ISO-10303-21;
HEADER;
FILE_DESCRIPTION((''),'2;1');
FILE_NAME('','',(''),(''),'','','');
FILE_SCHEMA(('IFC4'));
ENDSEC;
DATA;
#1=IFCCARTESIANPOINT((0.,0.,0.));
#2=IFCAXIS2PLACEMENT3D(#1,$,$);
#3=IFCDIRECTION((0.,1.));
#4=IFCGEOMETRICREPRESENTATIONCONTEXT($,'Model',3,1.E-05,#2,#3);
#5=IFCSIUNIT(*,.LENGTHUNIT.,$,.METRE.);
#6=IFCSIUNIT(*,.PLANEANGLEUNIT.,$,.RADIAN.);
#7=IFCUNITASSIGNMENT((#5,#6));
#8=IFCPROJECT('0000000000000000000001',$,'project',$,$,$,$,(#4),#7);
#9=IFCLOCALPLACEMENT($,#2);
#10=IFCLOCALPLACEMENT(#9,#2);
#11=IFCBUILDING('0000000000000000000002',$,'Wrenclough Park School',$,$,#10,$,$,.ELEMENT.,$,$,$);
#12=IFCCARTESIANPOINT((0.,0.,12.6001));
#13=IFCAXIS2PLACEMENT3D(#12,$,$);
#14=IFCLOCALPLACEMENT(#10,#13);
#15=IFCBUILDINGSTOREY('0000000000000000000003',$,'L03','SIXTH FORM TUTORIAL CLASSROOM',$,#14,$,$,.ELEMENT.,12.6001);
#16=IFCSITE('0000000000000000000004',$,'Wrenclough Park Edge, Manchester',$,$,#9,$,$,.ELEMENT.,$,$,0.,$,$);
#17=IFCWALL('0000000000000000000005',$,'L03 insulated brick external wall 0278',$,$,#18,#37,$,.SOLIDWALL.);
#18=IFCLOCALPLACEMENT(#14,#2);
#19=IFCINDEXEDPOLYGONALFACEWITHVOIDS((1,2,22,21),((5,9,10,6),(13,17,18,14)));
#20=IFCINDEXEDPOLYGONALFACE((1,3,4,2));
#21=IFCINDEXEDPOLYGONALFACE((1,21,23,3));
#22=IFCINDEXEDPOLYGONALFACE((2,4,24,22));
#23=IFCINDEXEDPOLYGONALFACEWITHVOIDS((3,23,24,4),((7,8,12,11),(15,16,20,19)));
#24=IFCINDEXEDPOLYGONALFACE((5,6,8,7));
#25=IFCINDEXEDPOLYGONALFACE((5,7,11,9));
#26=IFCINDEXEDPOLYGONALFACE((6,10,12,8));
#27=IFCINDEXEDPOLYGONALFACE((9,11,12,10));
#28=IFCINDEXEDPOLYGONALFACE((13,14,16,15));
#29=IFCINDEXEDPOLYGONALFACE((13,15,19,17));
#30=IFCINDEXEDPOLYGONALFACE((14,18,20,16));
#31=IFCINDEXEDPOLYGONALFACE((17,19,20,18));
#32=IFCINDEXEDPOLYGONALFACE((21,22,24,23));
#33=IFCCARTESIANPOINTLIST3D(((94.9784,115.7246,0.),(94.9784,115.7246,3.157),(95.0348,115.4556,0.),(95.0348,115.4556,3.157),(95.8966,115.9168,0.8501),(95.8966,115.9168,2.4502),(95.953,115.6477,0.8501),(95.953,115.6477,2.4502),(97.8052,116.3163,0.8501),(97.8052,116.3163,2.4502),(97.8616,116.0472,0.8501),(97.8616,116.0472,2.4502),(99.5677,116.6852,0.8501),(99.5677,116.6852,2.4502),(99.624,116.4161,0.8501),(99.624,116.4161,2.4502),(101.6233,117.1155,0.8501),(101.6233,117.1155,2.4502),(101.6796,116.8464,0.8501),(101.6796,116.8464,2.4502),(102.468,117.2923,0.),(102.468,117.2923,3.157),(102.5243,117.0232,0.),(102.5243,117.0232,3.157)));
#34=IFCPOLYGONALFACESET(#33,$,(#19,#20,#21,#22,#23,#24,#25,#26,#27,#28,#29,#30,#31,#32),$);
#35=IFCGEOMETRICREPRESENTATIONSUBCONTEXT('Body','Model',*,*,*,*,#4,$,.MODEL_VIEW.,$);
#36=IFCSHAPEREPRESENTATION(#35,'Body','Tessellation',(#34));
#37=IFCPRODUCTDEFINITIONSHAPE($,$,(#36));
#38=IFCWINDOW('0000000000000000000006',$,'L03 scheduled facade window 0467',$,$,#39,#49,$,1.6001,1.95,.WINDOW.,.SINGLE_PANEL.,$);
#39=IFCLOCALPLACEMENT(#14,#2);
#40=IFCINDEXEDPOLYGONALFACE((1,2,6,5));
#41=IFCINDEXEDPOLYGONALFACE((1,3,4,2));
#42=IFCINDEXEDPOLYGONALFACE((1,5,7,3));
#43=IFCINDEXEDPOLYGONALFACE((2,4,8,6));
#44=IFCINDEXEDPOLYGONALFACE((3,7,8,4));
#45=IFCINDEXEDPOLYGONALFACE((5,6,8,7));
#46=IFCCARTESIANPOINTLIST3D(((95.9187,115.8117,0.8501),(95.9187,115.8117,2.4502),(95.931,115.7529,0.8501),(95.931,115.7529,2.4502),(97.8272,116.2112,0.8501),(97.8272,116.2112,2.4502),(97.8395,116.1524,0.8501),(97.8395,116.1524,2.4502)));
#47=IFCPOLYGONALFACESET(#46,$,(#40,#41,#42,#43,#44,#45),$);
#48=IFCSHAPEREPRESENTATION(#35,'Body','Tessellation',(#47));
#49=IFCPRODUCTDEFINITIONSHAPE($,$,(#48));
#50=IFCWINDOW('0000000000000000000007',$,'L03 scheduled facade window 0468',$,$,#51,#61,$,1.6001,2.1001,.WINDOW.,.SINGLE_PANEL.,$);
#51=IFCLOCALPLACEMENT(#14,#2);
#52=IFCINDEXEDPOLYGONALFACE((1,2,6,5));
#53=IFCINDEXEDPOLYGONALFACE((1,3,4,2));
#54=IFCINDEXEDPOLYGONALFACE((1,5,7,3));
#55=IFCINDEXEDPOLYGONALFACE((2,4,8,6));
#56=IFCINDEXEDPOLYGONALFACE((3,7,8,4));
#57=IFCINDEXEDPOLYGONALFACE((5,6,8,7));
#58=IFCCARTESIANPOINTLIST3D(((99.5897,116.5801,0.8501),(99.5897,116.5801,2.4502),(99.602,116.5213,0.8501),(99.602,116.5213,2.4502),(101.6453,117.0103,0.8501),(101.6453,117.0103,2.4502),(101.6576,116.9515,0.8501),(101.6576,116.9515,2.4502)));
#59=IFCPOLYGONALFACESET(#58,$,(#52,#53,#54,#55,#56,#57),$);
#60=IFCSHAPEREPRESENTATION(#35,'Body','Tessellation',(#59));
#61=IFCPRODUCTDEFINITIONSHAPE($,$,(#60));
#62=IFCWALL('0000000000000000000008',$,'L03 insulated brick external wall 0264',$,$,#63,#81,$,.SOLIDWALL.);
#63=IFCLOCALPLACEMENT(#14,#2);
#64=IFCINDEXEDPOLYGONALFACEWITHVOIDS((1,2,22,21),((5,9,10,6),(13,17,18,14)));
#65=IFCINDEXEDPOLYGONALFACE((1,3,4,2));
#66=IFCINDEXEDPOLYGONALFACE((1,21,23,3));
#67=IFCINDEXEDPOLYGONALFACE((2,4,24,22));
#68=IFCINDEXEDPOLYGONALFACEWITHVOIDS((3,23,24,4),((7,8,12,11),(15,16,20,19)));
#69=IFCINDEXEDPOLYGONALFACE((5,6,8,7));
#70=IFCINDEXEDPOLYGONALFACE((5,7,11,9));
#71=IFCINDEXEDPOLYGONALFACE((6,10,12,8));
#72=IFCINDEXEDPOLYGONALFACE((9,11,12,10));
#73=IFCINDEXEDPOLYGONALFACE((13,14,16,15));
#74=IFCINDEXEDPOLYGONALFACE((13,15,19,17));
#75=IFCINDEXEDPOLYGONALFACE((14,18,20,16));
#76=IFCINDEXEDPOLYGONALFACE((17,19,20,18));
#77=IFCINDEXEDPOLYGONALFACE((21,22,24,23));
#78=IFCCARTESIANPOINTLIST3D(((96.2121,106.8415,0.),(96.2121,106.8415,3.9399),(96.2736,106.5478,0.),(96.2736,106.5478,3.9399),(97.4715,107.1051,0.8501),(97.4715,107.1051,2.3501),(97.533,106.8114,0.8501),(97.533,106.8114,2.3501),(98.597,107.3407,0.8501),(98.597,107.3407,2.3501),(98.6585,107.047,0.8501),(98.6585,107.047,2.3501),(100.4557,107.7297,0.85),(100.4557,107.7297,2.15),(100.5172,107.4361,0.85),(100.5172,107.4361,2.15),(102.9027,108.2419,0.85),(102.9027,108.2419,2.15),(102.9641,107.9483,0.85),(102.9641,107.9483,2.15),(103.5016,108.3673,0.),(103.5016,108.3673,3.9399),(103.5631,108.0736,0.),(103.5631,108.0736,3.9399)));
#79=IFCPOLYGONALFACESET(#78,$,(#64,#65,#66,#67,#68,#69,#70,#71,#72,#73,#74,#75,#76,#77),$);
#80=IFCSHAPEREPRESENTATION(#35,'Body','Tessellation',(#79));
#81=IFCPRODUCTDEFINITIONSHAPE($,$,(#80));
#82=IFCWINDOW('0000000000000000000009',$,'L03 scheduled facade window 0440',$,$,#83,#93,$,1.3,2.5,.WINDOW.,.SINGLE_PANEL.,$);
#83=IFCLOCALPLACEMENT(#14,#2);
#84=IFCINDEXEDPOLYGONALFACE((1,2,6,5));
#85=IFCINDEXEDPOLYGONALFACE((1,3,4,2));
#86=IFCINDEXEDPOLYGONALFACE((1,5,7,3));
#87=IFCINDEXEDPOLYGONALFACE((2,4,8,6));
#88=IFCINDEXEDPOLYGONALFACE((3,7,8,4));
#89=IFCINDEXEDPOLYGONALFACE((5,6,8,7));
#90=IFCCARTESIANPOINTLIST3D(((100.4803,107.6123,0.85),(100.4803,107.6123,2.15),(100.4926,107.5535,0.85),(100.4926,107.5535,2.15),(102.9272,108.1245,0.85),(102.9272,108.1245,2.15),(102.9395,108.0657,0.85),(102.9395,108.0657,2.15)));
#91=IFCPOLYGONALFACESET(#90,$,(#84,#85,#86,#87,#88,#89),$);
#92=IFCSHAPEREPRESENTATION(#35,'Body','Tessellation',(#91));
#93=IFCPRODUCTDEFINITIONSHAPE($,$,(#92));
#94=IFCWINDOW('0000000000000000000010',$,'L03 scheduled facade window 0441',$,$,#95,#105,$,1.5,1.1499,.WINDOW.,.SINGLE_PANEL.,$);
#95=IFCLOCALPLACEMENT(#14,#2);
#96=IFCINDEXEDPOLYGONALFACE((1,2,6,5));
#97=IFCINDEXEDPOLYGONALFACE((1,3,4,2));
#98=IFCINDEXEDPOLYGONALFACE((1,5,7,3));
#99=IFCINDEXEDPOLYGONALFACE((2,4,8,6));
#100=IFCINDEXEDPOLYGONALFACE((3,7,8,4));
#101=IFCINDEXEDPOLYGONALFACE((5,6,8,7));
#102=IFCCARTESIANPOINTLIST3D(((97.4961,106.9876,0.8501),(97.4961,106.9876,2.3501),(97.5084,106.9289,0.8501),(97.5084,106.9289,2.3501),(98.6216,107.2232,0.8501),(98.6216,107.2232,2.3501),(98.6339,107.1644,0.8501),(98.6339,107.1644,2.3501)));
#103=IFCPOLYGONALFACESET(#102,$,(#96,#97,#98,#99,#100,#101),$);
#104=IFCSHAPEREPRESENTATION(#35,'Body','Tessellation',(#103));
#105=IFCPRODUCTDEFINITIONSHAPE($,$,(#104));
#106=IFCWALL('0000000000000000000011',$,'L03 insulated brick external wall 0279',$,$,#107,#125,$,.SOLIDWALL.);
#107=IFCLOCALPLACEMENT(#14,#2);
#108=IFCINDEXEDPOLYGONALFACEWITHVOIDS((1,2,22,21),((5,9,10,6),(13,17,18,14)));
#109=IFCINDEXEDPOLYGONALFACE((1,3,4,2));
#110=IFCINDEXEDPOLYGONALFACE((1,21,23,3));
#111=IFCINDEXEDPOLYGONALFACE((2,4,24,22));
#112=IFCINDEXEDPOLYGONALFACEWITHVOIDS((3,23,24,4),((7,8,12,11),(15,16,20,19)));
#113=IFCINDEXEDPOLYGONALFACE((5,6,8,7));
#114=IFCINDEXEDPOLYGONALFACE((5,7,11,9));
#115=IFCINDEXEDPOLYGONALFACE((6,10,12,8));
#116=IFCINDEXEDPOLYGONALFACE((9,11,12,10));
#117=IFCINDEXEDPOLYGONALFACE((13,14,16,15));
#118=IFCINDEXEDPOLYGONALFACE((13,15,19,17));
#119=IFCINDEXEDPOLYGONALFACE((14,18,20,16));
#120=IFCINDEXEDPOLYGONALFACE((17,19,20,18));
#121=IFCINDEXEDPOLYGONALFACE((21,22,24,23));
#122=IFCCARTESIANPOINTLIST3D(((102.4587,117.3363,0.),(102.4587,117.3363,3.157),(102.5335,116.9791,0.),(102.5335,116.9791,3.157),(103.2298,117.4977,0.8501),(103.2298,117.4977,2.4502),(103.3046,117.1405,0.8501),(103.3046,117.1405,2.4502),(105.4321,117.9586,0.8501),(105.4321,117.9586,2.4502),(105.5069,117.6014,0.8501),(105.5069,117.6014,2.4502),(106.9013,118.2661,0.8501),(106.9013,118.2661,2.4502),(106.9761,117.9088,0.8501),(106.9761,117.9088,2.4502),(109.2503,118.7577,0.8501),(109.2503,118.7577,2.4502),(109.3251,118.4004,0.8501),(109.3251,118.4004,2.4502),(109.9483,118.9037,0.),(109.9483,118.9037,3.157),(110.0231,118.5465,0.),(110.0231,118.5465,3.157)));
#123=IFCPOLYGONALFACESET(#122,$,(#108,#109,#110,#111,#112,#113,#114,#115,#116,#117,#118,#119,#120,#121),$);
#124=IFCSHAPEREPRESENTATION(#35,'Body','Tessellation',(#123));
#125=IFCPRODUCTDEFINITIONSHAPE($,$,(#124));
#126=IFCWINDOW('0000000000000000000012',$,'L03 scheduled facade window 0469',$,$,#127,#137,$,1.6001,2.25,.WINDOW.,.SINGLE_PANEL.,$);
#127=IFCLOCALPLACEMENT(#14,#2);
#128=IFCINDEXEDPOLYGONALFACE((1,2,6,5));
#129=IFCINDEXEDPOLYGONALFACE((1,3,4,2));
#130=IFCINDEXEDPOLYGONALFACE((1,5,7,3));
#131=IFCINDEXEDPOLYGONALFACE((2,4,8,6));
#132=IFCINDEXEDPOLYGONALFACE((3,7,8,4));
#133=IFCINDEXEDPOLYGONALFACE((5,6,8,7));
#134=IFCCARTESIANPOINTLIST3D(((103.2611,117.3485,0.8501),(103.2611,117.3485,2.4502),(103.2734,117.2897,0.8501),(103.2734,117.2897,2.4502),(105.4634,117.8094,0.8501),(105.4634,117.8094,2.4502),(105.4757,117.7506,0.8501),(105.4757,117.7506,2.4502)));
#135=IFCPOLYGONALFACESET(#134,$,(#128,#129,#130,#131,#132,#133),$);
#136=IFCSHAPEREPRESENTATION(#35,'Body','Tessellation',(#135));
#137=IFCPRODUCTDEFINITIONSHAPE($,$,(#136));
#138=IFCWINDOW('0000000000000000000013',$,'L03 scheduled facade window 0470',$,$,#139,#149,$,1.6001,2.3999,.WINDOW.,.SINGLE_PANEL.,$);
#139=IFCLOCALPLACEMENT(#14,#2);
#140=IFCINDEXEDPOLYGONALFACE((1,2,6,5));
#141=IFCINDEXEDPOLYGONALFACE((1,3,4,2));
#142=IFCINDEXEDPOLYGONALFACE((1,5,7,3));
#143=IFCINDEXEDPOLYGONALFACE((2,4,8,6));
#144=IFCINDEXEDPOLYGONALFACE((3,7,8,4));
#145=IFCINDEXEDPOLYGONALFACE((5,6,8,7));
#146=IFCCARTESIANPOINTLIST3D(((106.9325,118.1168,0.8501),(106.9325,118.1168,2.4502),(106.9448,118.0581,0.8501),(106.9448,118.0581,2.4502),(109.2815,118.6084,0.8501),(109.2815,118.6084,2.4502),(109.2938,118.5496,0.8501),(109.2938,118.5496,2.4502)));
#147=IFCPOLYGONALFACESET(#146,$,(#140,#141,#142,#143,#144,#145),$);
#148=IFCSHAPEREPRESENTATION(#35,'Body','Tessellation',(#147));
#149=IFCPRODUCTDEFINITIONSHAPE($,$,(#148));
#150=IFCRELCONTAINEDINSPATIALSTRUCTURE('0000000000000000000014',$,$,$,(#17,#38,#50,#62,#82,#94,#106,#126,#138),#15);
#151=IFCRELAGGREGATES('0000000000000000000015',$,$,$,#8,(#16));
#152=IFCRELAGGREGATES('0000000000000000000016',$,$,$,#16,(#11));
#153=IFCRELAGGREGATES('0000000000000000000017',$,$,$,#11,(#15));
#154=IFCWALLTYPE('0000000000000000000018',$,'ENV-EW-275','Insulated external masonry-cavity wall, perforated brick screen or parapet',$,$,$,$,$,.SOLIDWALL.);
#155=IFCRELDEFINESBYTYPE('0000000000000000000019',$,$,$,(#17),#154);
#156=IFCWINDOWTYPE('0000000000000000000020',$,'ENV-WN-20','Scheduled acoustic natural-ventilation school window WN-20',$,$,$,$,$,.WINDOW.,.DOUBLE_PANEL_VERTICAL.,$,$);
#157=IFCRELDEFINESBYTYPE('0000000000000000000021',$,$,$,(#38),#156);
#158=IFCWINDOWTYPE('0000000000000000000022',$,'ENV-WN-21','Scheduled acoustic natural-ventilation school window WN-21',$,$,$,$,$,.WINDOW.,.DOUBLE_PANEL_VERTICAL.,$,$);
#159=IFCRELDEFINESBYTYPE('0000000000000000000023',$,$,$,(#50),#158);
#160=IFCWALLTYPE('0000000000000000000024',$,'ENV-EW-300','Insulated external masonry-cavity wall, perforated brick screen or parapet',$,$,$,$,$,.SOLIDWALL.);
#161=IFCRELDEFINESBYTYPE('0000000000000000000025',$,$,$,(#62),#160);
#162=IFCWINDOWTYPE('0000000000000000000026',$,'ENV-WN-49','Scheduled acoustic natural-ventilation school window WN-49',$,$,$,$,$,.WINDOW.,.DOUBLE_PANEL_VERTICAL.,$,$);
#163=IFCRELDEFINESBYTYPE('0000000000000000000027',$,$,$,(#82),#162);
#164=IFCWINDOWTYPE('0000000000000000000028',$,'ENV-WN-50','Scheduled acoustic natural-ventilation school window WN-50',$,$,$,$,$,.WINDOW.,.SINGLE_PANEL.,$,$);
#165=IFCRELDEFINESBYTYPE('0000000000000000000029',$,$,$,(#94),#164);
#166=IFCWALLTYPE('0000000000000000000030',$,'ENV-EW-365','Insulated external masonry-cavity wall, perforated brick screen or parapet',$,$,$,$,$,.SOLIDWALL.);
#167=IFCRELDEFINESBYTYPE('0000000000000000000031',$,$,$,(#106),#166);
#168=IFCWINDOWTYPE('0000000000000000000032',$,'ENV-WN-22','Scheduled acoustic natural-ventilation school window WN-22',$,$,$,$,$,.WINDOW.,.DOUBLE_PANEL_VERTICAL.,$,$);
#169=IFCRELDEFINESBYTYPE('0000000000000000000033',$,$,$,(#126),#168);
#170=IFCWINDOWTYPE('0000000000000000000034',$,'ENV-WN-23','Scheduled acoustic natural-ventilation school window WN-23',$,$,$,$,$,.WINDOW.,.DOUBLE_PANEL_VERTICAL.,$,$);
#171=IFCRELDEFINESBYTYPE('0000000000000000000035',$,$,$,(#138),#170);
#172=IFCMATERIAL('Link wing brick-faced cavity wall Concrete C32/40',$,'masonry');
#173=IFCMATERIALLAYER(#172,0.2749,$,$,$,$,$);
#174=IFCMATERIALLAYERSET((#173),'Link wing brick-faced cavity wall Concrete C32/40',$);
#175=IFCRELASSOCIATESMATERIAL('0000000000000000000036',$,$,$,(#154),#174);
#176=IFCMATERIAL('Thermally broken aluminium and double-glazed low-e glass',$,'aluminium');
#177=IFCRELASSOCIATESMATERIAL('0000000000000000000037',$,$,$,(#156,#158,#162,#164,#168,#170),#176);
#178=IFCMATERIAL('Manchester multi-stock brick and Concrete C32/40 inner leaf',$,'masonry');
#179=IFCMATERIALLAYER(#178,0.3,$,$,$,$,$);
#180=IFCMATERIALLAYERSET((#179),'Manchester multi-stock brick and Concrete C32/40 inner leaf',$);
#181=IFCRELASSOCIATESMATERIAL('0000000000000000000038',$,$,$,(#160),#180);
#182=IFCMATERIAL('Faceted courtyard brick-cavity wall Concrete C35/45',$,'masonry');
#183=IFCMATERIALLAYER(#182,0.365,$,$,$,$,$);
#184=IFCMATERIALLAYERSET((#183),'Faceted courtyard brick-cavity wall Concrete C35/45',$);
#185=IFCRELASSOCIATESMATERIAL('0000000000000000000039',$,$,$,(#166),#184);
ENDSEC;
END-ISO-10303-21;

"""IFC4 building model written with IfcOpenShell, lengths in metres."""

from ifc_helpers import new_model, si_unit, direction, frame, frame_2d, origin, place, context, subcontext, project, spatial, rectangle, extrude, material, layer, layer_set, type_object, element, fill, save


model = new_model("IFC4")

# Units and contexts
model_context = context("Model", 3, precision=1e-05, world=origin(), true_north=direction((0.0, 1.0)))
body_context = subcontext(model_context, "Body", "Model", "MODEL_VIEW")
ifc_project = project(units=[si_unit("LENGTHUNIT", "METRE"), si_unit("PLANEANGLEUNIT", "RADIAN")], contexts=[model_context])

# Site, building, storey
site_placement = place(None, origin())
site = spatial("IfcSite", under=ifc_project, at=site_placement, Name="Wrenclough Park Edge, Manchester", CompositionType="ELEMENT", RefElevation=0.0)
building_placement = place(site_placement, origin())
building = spatial("IfcBuilding", under=site, at=building_placement, Name="Wrenclough Park School", CompositionType="ELEMENT")
storey_placement = place(building_placement, frame((0.0, 0.0, 12.6001)))
storey = spatial("IfcBuildingStorey", under=building, at=storey_placement, Name="L03", Description="SIXTH FORM TUTORIAL CLASSROOM", CompositionType="ELEMENT", Elevation=12.6001)

# Walls, openings, windows
ifc_material_1 = material(Name="Link wing brick-faced cavity wall Concrete C32/40", Category="masonry")
ifc_layer_1 = layer(ifc_material_1, 0.2749)
ifc_layer_set_1 = layer_set([ifc_layer_1], Name="Link wing brick-faced cavity wall Concrete C32/40")
wall_type_1 = type_object("IfcWallType", Name="ENV-EW-275", Description="Insulated external masonry-cavity wall, perforated brick screen or parapet", PredefinedType="SOLIDWALL", material=ifc_layer_set_1)
wall_1_placement = place(storey_placement, frame((95.0066, 115.5901, 0.0), z_axis=(0.0, 0.0, 1.0), x_axis=(0.978789, 0.20487, 0.0)))
wall_1 = element("IfcWall", 1, at=wall_1_placement, inside=storey, type_object=wall_type_1, Name="L03 insulated brick external wall 0278", PredefinedType="SOLIDWALL", context=body_context, shape_type="SweptSolid", body=[
    extrude(rectangle(XDim=7.6519, YDim=0.2749, at=frame_2d((3.8259, 0.0))), origin(), (0.0, 0.0, 1.0), 3.157),
])
opening_1_placement = place(wall_1_placement, frame((0.938, 0.0, 0.8501)))
opening_1 = element("IfcOpeningElement", 2, at=opening_1_placement, cuts=wall_1, PredefinedType="OPENING", context=body_context, shape_type="SweptSolid", body=[
    extrude(rectangle(XDim=1.95, YDim=1.6001, at=frame_2d((0.9751, 0.8))), frame((0.0, 0.1475, 0.0), z_axis=(0.0, -1.0, 0.0), x_axis=(1.0, 0.0, 0.0)), (0.0, 0.0, 1.0), 0.2949),
])
opening_2_placement = place(wall_1_placement, frame((4.6887, 0.0, 0.8501)))
opening_2 = element("IfcOpeningElement", 3, at=opening_2_placement, cuts=wall_1, PredefinedType="OPENING", context=body_context, shape_type="SweptSolid", body=[
    extrude(rectangle(XDim=2.1001, YDim=1.6001, at=frame_2d((1.05, 0.8))), frame((0.0, 0.1475, 0.0), z_axis=(0.0, -1.0, 0.0), x_axis=(1.0, 0.0, 0.0)), (0.0, 0.0, 1.0), 0.2949),
])
ifc_material_2 = material(Name="Thermally broken aluminium and double-glazed low-e glass", Category="aluminium")
window_type_1 = type_object("IfcWindowType", Name="ENV-WN-20", Description="Scheduled acoustic natural-ventilation school window WN-20", PartitioningType="DOUBLE_PANEL_VERTICAL", PredefinedType="WINDOW", material=ifc_material_2)
window_1_placement = place(opening_1_placement, origin())
window_1 = element("IfcWindow", 4, at=window_1_placement, inside=storey, type_object=window_type_1, Name="L03 scheduled facade window 0467", OverallHeight=1.6001, OverallWidth=1.95, PartitioningType="SINGLE_PANEL", PredefinedType="WINDOW", context=body_context, shape_type="SweptSolid", body=[
    extrude(rectangle(XDim=1.95, YDim=1.6001, at=frame_2d((0.9751, 0.8))), frame((0.0, 0.03, 0.0), z_axis=(0.0, -1.0, 0.0), x_axis=(1.0, 0.0, 0.0)), (0.0, 0.0, 1.0), 0.0601),
])
fill(opening_1, window_1)
window_type_2 = type_object("IfcWindowType", Name="ENV-WN-21", Description="Scheduled acoustic natural-ventilation school window WN-21", PartitioningType="DOUBLE_PANEL_VERTICAL", PredefinedType="WINDOW", material=ifc_material_2)
window_2_placement = place(opening_2_placement, origin())
window_2 = element("IfcWindow", 5, at=window_2_placement, inside=storey, type_object=window_type_2, Name="L03 scheduled facade window 0468", OverallHeight=1.6001, OverallWidth=2.1001, PartitioningType="SINGLE_PANEL", PredefinedType="WINDOW", context=body_context, shape_type="SweptSolid", body=[
    extrude(rectangle(XDim=2.1001, YDim=1.6001, at=frame_2d((1.05, 0.8))), frame((0.0, 0.03, 0.0), z_axis=(0.0, -1.0, 0.0), x_axis=(1.0, 0.0, 0.0)), (0.0, 0.0, 1.0), 0.0601),
])
fill(opening_2, window_2)
ifc_material_3 = material(Name="Manchester multi-stock brick and Concrete C32/40 inner leaf", Category="masonry")
ifc_layer_2 = layer(ifc_material_3, 0.3)
ifc_layer_set_2 = layer_set([ifc_layer_2], Name="Manchester multi-stock brick and Concrete C32/40 inner leaf")
wall_type_2 = type_object("IfcWallType", Name="ENV-EW-300", Description="Insulated external masonry-cavity wall, perforated brick screen or parapet", PredefinedType="SOLIDWALL", material=ifc_layer_set_2)
wall_2_placement = place(storey_placement, frame((103.5322, 108.2205, 0.0), z_axis=(0.0, 0.0, 1.0), x_axis=(-0.978786, -0.204884, 0.0)))
wall_2 = element("IfcWall", 6, at=wall_2_placement, inside=storey, type_object=wall_type_2, Name="L03 insulated brick external wall 0264", PredefinedType="SOLIDWALL", context=body_context, shape_type="SweptSolid", body=[
    extrude(rectangle(XDim=7.4475, YDim=0.3, at=frame_2d((3.7236, 0.0))), origin(), (0.0, 0.0, 1.0), 3.9399),
])
opening_3_placement = place(wall_2_placement, frame((0.6118, 0.0, 0.8501)))
opening_3 = element("IfcOpeningElement", 7, at=opening_3_placement, cuts=wall_2, PredefinedType="OPENING", context=body_context, shape_type="SweptSolid", body=[
    extrude(rectangle(XDim=2.5, YDim=1.3, at=frame_2d((1.25, 0.6499))), frame((0.0, 0.1599, 0.0), z_axis=(0.0, -1.0, 0.0), x_axis=(1.0, 0.0, 0.0)), (0.0, 0.0, 1.0), 0.3201),
])
opening_4_placement = place(wall_2_placement, frame((5.0107, 0.0, 0.8501)))
opening_4 = element("IfcOpeningElement", 8, at=opening_4_placement, cuts=wall_2, PredefinedType="OPENING", context=body_context, shape_type="SweptSolid", body=[
    extrude(rectangle(XDim=1.1499, YDim=1.5, at=frame_2d((0.575, 0.75))), frame((0.0, 0.1599, 0.0), z_axis=(0.0, -1.0, 0.0), x_axis=(1.0, 0.0, 0.0)), (0.0, 0.0, 1.0), 0.3201),
])
window_type_3 = type_object("IfcWindowType", Name="ENV-WN-49", Description="Scheduled acoustic natural-ventilation school window WN-49", PartitioningType="DOUBLE_PANEL_VERTICAL", PredefinedType="WINDOW", material=ifc_material_2)
window_3_placement = place(opening_3_placement, origin())
window_3 = element("IfcWindow", 9, at=window_3_placement, inside=storey, type_object=window_type_3, Name="L03 scheduled facade window 0440", OverallHeight=1.3, OverallWidth=2.5, PartitioningType="SINGLE_PANEL", PredefinedType="WINDOW", context=body_context, shape_type="SweptSolid", body=[
    extrude(rectangle(XDim=2.5, YDim=1.3, at=frame_2d((1.25, 0.6499))), frame((0.0, 0.03, 0.0), z_axis=(0.0, -1.0, 0.0), x_axis=(1.0, 0.0, 0.0)), (0.0, 0.0, 1.0), 0.0601),
])
fill(opening_3, window_3)
window_type_4 = type_object("IfcWindowType", Name="ENV-WN-50", Description="Scheduled acoustic natural-ventilation school window WN-50", PartitioningType="SINGLE_PANEL", PredefinedType="WINDOW", material=ifc_material_2)
window_4_placement = place(opening_4_placement, origin())
window_4 = element("IfcWindow", 10, at=window_4_placement, inside=storey, type_object=window_type_4, Name="L03 scheduled facade window 0441", OverallHeight=1.5, OverallWidth=1.1499, PartitioningType="SINGLE_PANEL", PredefinedType="WINDOW", context=body_context, shape_type="SweptSolid", body=[
    extrude(rectangle(XDim=1.1499, YDim=1.5, at=frame_2d((0.575, 0.75))), frame((0.0, 0.03, 0.0), z_axis=(0.0, -1.0, 0.0), x_axis=(1.0, 0.0, 0.0)), (0.0, 0.0, 1.0), 0.0601),
])
fill(opening_4, window_4)
ifc_material_4 = material(Name="Faceted courtyard brick-cavity wall Concrete C35/45", Category="masonry")
ifc_layer_3 = layer(ifc_material_4, 0.365)
ifc_layer_set_3 = layer_set([ifc_layer_3], Name="Faceted courtyard brick-cavity wall Concrete C35/45")
wall_type_3 = type_object("IfcWallType", Name="ENV-EW-365", Description="Insulated external masonry-cavity wall, perforated brick screen or parapet", PredefinedType="SOLIDWALL", material=ifc_layer_set_3)
wall_3_placement = place(storey_placement, frame((102.4961, 117.1577, 0.0), z_axis=(0.0, 0.0, 1.0), x_axis=(0.978796, 0.20484, 0.0)))
wall_3 = element("IfcWall", 11, at=wall_3_placement, inside=storey, type_object=wall_type_3, Name="L03 insulated brick external wall 0279", PredefinedType="SOLIDWALL", context=body_context, shape_type="SweptSolid", body=[
    extrude(rectangle(XDim=7.6519, YDim=0.365, at=frame_2d((3.8259, 0.0))), origin(), (0.0, 0.0, 1.0), 3.157),
])
opening_5_placement = place(wall_3_placement, frame((0.7878, 0.0, 0.8501)))
opening_5 = element("IfcOpeningElement", 12, at=opening_5_placement, cuts=wall_3, PredefinedType="OPENING", context=body_context, shape_type="SweptSolid", body=[
    extrude(rectangle(XDim=2.25, YDim=1.6001, at=frame_2d((1.125, 0.8))), frame((0.0, 0.1924, 0.0), z_axis=(0.0, -1.0, 0.0), x_axis=(1.0, 0.0, 0.0)), (0.0, 0.0, 1.0), 0.385),
])
opening_6_placement = place(wall_3_placement, frame((4.5388, 0.0, 0.8501)))
opening_6 = element("IfcOpeningElement", 13, at=opening_6_placement, cuts=wall_3, PredefinedType="OPENING", context=body_context, shape_type="SweptSolid", body=[
    extrude(rectangle(XDim=2.3999, YDim=1.6001, at=frame_2d((1.2, 0.8))), frame((0.0, 0.1924, 0.0), z_axis=(0.0, -1.0, 0.0), x_axis=(1.0, 0.0, 0.0)), (0.0, 0.0, 1.0), 0.385),
])
window_type_5 = type_object("IfcWindowType", Name="ENV-WN-22", Description="Scheduled acoustic natural-ventilation school window WN-22", PartitioningType="DOUBLE_PANEL_VERTICAL", PredefinedType="WINDOW", material=ifc_material_2)
window_5_placement = place(opening_5_placement, origin())
window_5 = element("IfcWindow", 14, at=window_5_placement, inside=storey, type_object=window_type_5, Name="L03 scheduled facade window 0469", OverallHeight=1.6001, OverallWidth=2.25, PartitioningType="SINGLE_PANEL", PredefinedType="WINDOW", context=body_context, shape_type="SweptSolid", body=[
    extrude(rectangle(XDim=2.25, YDim=1.6001, at=frame_2d((1.125, 0.8))), frame((0.0, 0.03, 0.0), z_axis=(0.0, -1.0, 0.0), x_axis=(1.0, 0.0, 0.0)), (0.0, 0.0, 1.0), 0.0601),
])
fill(opening_5, window_5)
window_type_6 = type_object("IfcWindowType", Name="ENV-WN-23", Description="Scheduled acoustic natural-ventilation school window WN-23", PartitioningType="DOUBLE_PANEL_VERTICAL", PredefinedType="WINDOW", material=ifc_material_2)
window_6_placement = place(opening_6_placement, origin())
window_6 = element("IfcWindow", 15, at=window_6_placement, inside=storey, type_object=window_type_6, Name="L03 scheduled facade window 0470", OverallHeight=1.6001, OverallWidth=2.3999, PartitioningType="SINGLE_PANEL", PredefinedType="WINDOW", context=body_context, shape_type="SweptSolid", body=[
    extrude(rectangle(XDim=2.3999, YDim=1.6001, at=frame_2d((1.2, 0.8))), frame((0.0, 0.03, 0.0), z_axis=(0.0, -1.0, 0.0), x_axis=(1.0, 0.0, 0.0)), (0.0, 0.0, 1.0), 0.0601),
])
fill(opening_6, window_6)

save(model, "model.ifc")
